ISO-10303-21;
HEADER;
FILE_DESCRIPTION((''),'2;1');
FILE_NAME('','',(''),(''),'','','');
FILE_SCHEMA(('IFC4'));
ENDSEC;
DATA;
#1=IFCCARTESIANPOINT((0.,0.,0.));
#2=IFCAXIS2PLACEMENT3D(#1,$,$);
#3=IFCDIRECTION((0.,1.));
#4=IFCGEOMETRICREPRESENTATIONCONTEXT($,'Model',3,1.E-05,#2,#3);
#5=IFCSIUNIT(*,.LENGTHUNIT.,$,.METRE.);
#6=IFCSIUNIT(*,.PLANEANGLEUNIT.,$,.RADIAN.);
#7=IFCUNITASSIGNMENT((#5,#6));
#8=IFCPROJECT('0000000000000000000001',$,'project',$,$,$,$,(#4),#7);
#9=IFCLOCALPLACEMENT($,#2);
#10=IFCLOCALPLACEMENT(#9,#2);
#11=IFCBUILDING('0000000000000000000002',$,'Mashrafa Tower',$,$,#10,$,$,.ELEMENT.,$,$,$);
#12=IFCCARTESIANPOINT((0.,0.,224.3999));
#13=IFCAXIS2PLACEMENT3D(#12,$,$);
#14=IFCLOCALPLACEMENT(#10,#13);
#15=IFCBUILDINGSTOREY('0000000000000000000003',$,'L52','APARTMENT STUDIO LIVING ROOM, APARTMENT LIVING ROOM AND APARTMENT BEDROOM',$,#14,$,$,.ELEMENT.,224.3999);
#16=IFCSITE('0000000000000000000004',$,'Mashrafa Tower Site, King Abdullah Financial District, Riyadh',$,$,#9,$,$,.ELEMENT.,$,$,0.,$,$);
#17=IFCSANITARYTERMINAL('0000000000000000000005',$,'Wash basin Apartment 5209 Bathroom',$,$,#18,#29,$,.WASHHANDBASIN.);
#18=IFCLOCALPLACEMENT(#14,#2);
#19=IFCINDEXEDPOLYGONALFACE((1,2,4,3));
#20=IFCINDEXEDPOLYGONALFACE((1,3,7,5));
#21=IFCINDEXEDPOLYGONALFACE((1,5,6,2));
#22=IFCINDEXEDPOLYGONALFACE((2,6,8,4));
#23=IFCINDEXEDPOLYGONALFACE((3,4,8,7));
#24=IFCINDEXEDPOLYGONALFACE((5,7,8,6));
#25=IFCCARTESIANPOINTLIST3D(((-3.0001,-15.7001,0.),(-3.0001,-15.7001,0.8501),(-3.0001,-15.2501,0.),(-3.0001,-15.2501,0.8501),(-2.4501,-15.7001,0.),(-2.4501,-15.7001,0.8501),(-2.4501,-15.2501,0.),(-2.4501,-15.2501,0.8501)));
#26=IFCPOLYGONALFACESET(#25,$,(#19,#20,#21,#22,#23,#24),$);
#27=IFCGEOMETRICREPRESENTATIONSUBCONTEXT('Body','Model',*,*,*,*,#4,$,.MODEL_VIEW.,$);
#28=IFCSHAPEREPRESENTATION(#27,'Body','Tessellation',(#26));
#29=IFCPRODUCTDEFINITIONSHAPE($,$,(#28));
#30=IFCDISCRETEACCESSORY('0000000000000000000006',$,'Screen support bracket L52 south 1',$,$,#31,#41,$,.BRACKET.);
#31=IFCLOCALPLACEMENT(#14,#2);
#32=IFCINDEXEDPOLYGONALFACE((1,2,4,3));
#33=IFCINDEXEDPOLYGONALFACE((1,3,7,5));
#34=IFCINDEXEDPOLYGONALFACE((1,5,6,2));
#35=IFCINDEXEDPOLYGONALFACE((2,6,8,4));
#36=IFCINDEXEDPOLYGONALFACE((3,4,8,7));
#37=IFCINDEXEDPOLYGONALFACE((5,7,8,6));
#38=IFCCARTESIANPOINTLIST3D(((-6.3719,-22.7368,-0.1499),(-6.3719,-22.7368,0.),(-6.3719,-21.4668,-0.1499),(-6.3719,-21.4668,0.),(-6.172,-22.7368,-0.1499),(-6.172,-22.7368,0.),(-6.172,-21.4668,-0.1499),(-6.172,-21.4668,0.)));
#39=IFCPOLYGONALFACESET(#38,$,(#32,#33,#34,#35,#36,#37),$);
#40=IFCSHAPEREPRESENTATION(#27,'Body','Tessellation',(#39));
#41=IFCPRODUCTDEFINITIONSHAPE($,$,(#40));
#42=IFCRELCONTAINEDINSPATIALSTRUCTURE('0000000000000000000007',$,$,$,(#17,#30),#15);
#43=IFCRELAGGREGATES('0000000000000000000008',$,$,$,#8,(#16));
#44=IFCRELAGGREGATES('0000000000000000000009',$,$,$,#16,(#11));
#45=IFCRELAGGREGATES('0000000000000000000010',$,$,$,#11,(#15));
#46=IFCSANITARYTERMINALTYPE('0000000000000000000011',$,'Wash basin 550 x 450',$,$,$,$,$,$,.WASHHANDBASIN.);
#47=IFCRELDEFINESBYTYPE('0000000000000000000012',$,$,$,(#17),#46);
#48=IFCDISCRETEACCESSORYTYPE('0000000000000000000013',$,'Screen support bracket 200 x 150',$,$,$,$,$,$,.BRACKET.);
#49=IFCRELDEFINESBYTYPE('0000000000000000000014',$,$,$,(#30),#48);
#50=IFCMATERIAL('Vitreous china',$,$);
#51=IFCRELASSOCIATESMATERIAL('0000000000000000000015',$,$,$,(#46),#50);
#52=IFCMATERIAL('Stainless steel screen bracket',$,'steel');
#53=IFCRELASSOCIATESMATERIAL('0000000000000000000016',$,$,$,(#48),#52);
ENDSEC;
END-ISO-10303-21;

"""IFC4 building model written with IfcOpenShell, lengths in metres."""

from ifc_helpers import new_model, si_unit, direction, frame, origin, origin_2d, place, context, subcontext, project, spatial, rectangle, extrude, source, transform, mapped, material, type_object, type_shapes, element, save


model = new_model("IFC4")

# Units and contexts
model_context = context("Model", 3, precision=1e-05, world=origin(), true_north=direction((0.0, 1.0)))
body_context = subcontext(model_context, "Body", "Model", "MODEL_VIEW")
ifc_project = project(units=[si_unit("LENGTHUNIT", "METRE"), si_unit("PLANEANGLEUNIT", "RADIAN")], contexts=[model_context])

# Site, building, storey
site_placement = place(None, origin())
site = spatial("IfcSite", under=ifc_project, at=site_placement, Name="Mashrafa Tower Site, King Abdullah Financial District, Riyadh", CompositionType="ELEMENT", RefElevation=0.0)
building_placement = place(site_placement, origin())
building = spatial("IfcBuilding", under=site, at=building_placement, Name="Mashrafa Tower", CompositionType="ELEMENT")
storey_placement = place(building_placement, frame((0.0, 0.0, 224.3999)))
storey = spatial("IfcBuildingStorey", under=building, at=storey_placement, Name="L52", Description="APARTMENT STUDIO LIVING ROOM, APARTMENT LIVING ROOM AND APARTMENT BEDROOM", CompositionType="ELEMENT", Elevation=224.3999)

# Sanitary terminal
ifc_material_1 = material(Name="Vitreous china")
sanitary_terminal_type_1 = type_object("IfcSanitaryTerminalType", Name="Wash basin 550 x 450", PredefinedType="WASHHANDBASIN", material=ifc_material_1)
sanitary_terminal_1_placement = place(storey_placement, frame((-2.7251, -15.4751, 0.0), z_axis=(0.0, 0.0, 1.0), x_axis=(1.0, 0.0, 0.0)))
element("IfcSanitaryTerminal", 1, at=sanitary_terminal_1_placement, inside=storey, type_object=sanitary_terminal_type_1, Name="Wash basin Apartment 5209 Bathroom", PredefinedType="WASHHANDBASIN", context=body_context, shape_type="SweptSolid", body=[
    extrude(rectangle(XDim=0.55, YDim=0.45, at=origin_2d()), origin(), (0.0, 0.0, 1.0), 0.8501),
])

# Discrete accessory
ifc_material_2 = material(Name="Stainless steel screen bracket", Category="steel")
discrete_accessory_type = type_object("IfcDiscreteAccessoryType", Name="Screen support bracket 200 x 150", PredefinedType="BRACKET", material=ifc_material_2)
shared_shape_1 = source(origin(), body_context, "Body", "SweptSolid", [
    extrude(rectangle(XDim=0.2, YDim=1.27, at=origin_2d()), origin(), (0.0, 0.0, 1.0), 0.1499),
])
type_shapes(discrete_accessory_type, [shared_shape_1])
discrete_accessory_placement = place(storey_placement, frame((-6.272, -22.1018, -0.1499), z_axis=(0.0, 0.0, 1.0), x_axis=(1.0, 0.0, 0.0)))
element("IfcDiscreteAccessory", 2, at=discrete_accessory_placement, inside=storey, type_object=discrete_accessory_type, Name="Screen support bracket L52 south 1", PredefinedType="BRACKET", context=body_context, shape_type="MappedRepresentation", body=[
    mapped(shared_shape_1, transform((0.0, 0.0, 0.0))),
])

save(model, "model.ifc")
